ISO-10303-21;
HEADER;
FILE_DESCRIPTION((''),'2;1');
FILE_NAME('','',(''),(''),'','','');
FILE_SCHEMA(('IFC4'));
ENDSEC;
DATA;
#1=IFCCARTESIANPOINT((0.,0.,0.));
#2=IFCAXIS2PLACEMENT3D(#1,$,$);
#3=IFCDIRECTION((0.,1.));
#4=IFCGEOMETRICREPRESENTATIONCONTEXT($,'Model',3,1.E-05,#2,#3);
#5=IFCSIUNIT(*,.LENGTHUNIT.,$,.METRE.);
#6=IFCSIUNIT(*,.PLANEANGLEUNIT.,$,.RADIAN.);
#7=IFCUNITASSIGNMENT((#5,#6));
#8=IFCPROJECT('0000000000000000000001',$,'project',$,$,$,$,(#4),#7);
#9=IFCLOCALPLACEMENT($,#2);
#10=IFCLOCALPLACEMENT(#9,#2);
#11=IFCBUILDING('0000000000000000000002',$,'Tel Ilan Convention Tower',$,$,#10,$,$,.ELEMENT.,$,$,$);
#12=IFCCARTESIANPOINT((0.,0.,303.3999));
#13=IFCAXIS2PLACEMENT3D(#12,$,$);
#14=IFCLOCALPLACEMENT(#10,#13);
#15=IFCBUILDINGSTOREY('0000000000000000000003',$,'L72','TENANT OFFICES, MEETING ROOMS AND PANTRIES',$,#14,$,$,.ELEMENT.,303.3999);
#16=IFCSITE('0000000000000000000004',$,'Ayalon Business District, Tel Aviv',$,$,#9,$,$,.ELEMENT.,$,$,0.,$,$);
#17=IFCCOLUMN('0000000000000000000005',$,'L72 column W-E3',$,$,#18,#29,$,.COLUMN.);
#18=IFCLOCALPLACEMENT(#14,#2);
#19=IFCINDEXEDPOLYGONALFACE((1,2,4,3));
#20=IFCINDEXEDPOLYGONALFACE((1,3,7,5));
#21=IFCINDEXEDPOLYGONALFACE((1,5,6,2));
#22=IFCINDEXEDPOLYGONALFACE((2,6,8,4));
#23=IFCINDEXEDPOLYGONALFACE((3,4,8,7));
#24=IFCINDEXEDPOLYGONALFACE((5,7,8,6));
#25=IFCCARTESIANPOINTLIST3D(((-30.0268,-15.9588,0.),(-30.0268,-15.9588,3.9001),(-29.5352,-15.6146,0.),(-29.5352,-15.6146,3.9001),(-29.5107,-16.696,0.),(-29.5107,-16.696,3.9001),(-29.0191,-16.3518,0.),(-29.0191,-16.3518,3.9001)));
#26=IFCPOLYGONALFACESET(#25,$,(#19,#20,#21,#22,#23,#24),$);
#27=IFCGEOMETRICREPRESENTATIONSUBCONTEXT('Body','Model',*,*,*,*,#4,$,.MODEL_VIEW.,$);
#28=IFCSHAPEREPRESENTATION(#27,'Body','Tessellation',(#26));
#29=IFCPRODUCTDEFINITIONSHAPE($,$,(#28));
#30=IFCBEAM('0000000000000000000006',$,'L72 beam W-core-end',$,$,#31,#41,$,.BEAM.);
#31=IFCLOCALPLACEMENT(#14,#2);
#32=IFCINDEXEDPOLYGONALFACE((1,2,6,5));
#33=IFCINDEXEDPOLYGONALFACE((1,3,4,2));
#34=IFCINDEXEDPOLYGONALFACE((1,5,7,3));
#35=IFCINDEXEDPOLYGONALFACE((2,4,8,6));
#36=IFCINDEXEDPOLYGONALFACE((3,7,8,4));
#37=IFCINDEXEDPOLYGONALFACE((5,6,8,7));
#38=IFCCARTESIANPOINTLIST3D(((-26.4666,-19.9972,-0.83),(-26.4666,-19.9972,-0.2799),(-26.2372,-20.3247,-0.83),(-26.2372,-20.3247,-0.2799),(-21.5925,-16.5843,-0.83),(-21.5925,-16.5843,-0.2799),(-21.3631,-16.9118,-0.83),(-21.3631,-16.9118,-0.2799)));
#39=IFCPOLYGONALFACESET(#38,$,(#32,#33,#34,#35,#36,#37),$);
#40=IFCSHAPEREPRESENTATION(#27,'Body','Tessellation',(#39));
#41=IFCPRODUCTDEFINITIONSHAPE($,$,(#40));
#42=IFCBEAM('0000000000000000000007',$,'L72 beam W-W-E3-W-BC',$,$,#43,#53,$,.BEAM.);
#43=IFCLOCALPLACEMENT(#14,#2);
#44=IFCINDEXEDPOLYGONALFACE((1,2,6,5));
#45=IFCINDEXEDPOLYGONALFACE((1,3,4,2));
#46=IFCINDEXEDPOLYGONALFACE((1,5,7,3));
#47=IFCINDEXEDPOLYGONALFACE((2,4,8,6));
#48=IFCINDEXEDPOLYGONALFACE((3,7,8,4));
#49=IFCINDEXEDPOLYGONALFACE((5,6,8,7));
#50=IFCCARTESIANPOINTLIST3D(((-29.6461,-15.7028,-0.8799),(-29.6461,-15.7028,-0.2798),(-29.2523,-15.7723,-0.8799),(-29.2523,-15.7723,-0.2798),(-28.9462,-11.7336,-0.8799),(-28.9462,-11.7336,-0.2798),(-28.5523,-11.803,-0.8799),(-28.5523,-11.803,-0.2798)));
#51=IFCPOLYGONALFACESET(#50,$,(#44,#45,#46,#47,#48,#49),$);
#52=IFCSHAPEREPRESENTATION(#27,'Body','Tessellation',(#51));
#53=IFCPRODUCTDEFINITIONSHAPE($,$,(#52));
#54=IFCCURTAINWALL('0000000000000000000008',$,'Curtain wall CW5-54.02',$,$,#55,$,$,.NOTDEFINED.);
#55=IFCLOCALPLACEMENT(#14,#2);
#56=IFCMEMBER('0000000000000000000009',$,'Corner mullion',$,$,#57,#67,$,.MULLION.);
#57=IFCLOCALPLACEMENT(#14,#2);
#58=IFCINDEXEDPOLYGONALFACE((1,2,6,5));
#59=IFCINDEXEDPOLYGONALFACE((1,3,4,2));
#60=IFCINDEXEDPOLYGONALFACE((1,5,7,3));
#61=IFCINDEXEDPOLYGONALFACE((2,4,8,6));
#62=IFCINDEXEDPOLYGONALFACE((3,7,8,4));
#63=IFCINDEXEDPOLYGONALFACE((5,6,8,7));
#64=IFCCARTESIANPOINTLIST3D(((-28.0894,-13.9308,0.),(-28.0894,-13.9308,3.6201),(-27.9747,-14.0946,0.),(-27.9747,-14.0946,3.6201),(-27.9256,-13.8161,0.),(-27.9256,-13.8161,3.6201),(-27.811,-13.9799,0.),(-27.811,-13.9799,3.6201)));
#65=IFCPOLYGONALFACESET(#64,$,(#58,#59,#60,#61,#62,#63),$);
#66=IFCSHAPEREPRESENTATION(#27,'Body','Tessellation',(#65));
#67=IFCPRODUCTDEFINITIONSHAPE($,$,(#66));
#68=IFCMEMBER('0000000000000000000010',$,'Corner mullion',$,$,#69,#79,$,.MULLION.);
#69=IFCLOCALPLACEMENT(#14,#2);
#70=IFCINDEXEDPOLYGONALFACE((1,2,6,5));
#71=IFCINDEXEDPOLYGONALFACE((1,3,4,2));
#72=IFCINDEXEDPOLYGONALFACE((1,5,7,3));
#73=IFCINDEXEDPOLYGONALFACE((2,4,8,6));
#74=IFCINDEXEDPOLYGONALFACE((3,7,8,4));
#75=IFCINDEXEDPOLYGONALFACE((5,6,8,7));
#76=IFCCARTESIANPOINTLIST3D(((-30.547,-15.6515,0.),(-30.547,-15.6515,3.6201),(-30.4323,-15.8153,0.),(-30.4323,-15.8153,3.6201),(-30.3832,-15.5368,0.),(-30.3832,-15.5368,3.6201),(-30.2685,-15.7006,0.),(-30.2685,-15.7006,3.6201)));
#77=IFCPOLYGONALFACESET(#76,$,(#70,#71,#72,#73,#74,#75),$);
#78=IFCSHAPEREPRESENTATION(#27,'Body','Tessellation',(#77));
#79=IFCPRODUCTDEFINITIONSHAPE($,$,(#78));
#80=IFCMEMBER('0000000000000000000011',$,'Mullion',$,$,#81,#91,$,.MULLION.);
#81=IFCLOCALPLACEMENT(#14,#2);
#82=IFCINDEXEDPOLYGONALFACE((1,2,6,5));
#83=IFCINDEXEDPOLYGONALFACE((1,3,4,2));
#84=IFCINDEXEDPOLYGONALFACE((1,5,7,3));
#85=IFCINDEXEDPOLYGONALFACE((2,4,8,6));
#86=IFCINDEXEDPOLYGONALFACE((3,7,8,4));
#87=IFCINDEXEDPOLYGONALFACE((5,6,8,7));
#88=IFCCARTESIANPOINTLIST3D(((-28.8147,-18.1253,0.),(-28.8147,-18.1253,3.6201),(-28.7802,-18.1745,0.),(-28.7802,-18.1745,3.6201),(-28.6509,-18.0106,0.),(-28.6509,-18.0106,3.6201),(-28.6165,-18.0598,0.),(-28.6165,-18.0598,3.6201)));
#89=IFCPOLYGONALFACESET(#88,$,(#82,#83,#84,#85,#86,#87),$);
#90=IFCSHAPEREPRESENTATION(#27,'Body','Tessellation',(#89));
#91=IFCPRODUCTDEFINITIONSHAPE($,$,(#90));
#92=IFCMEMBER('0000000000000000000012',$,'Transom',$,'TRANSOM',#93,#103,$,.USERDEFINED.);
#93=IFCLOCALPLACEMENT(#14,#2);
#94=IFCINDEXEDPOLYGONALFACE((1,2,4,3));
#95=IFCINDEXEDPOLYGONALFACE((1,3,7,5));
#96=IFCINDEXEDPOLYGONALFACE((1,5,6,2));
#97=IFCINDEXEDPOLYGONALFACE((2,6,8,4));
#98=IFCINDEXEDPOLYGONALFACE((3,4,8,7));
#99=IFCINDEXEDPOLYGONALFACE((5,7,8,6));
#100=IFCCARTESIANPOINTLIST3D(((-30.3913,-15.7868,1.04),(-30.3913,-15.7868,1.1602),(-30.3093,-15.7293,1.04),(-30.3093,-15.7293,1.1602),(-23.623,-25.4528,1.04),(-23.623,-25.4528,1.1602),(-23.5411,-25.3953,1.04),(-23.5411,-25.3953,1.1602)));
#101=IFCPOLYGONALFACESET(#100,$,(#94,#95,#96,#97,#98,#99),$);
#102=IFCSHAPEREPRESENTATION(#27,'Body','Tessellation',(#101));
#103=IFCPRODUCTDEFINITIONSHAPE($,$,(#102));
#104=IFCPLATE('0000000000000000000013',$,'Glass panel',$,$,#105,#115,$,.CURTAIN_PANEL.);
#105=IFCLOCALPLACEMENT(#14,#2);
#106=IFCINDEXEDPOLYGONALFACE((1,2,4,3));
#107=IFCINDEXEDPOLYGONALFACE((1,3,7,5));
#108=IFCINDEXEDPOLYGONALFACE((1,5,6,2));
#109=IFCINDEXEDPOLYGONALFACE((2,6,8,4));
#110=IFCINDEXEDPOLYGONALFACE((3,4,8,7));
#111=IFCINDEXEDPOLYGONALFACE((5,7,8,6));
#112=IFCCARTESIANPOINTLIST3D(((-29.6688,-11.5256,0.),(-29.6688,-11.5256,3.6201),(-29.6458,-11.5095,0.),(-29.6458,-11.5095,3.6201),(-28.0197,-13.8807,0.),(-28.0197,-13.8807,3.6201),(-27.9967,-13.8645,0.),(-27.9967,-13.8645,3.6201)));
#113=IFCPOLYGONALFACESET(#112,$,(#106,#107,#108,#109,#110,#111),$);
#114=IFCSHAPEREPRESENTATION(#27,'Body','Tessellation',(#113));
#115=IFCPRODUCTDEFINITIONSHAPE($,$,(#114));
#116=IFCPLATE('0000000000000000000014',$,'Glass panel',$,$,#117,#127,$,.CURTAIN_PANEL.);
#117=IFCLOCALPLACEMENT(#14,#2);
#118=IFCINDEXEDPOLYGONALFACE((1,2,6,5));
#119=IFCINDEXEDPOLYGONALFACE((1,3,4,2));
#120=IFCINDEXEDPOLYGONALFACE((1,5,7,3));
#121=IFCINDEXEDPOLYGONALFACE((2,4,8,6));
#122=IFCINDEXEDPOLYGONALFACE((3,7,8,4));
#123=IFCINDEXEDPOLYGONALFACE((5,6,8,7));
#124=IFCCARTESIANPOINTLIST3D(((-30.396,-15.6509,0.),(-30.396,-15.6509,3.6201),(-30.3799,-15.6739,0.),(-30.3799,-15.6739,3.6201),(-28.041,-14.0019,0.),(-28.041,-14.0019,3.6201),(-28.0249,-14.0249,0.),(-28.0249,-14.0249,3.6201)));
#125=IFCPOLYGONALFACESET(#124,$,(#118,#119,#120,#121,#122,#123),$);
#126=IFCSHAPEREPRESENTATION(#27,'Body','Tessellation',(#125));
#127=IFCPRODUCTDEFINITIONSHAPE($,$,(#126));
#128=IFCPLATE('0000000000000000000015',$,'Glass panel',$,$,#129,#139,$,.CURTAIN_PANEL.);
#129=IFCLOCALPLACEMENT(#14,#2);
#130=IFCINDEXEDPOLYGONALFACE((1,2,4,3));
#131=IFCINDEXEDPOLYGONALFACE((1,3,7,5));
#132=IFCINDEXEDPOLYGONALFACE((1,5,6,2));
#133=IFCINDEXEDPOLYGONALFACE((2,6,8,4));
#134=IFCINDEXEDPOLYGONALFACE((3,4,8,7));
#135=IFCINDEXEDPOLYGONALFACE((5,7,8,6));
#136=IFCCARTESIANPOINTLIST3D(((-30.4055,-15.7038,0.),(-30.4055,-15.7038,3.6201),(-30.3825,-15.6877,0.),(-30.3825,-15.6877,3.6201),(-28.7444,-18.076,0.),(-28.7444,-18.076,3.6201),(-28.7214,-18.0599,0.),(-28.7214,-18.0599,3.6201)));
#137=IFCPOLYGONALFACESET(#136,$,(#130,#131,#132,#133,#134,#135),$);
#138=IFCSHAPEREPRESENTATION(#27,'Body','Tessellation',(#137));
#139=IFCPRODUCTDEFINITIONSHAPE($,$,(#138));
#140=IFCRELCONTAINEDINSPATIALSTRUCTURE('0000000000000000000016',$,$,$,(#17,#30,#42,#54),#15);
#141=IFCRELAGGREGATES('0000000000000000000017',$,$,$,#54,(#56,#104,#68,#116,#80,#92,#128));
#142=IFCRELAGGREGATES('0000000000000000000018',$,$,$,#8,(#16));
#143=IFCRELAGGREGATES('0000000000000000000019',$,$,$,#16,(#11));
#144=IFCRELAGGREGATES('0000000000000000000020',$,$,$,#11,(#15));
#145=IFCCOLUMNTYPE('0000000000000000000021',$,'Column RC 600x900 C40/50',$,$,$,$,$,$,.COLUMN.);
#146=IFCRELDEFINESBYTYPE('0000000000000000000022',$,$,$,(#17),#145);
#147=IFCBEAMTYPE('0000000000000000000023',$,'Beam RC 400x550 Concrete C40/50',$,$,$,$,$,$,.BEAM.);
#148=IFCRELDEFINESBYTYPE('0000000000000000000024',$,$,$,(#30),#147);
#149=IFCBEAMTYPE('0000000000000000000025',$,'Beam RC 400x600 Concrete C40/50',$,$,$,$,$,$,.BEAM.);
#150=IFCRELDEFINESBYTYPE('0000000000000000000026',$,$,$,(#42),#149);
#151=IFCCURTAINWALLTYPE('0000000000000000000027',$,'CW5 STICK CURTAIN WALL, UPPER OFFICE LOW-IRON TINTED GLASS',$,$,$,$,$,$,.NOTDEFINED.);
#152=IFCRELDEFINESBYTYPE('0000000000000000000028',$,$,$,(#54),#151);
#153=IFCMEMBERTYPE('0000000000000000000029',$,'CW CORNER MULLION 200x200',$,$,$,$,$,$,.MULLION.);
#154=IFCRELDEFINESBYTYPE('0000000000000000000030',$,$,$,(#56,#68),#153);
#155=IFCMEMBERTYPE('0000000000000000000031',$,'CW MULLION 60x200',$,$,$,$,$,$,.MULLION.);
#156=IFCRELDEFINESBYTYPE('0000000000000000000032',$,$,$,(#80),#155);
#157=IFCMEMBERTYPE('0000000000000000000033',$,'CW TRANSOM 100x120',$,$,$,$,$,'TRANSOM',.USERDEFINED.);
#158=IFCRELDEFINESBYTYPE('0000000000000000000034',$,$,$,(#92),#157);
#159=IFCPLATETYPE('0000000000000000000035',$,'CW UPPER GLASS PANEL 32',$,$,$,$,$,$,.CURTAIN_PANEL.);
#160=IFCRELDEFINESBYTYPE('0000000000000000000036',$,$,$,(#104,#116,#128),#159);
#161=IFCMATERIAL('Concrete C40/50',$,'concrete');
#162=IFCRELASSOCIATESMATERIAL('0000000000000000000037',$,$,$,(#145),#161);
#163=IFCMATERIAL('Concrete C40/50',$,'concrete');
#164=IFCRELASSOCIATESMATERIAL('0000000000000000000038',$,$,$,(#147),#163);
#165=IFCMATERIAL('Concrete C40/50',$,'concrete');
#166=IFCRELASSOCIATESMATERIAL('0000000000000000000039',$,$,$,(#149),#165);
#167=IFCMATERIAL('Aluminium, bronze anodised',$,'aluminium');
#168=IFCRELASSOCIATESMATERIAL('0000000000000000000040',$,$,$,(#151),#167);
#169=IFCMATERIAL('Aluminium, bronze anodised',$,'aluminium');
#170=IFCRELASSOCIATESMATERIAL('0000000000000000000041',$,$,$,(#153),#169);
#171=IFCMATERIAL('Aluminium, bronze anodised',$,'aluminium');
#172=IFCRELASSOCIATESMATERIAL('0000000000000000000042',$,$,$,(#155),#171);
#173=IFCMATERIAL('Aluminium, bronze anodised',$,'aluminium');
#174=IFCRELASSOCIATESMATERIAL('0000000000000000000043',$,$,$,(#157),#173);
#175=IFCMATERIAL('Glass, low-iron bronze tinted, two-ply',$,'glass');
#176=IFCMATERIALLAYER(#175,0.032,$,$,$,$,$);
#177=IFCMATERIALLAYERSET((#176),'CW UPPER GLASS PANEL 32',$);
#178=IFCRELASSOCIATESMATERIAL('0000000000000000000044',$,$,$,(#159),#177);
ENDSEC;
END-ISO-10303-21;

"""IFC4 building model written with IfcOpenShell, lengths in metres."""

from ifc_helpers import new_model, si_unit, direction, frame, origin, origin_2d, place, context, subcontext, project, spatial, rectangle, extrude, material, layer, layer_set, material_profile, profile_set, type_object, element, aggregate, save


model = new_model("IFC4")

# Units and contexts
model_context = context("Model", 3, precision=1e-05, world=origin(), true_north=direction((0.0, 1.0)))
body_context = subcontext(model_context, "Body", "Model", "MODEL_VIEW")
ifc_project = project(units=[si_unit("LENGTHUNIT", "METRE"), si_unit("PLANEANGLEUNIT", "RADIAN")], contexts=[model_context])

# Site, building, storey
site_placement = place(None, origin())
site = spatial("IfcSite", under=ifc_project, at=site_placement, Name="Ayalon Business District, Tel Aviv", CompositionType="ELEMENT", RefElevation=0.0)
building_placement = place(site_placement, origin())
building = spatial("IfcBuilding", under=site, at=building_placement, Name="Tel Ilan Convention Tower", CompositionType="ELEMENT")
storey_placement = place(building_placement, frame((0.0, 0.0, 303.3999)))
storey = spatial("IfcBuildingStorey", under=building, at=storey_placement, Name="L72", Description="TENANT OFFICES, MEETING ROOMS AND PANTRIES", CompositionType="ELEMENT", Elevation=303.3999)

# Column
ifc_material_1 = material(Name="Concrete C40/50", Category="concrete")
ifc_material_profile_1 = material_profile(ifc_material_1, rectangle(XDim=0.8999, YDim=0.6001, at=origin_2d()), Name="RC 600x900")
ifc_profile_set_1 = profile_set([ifc_material_profile_1], Name="Concrete C40/50")
column_type = type_object("IfcColumnType", Name="Column RC 600x900 C40/50", PredefinedType="COLUMN", material=ifc_profile_set_1)
column_placement = place(storey_placement, frame((-29.5229, -16.1553, 0.0), z_axis=(0.0, 0.0, 1.0), x_axis=(-0.573576, 0.819152, 0.0)))
element("IfcColumn", 1, at=column_placement, inside=storey, type_object=column_type, Name="L72 column W-E3", PredefinedType="COLUMN", context=body_context, shape_type="SweptSolid", body=[
    extrude(rectangle(XDim=0.8999, YDim=0.6001, at=origin_2d()), origin(), (0.0, 0.0, 1.0), 3.9001),
])

# Beams
ifc_material_2 = material(Name="Concrete C40/50", Category="concrete")
ifc_material_profile_2 = material_profile(ifc_material_2, rectangle(XDim=0.3999, YDim=0.55, at=origin_2d()), Name="RC 400x550")
ifc_profile_set_2 = profile_set([ifc_material_profile_2], Name="Concrete C40/50")
beam_type_1 = type_object("IfcBeamType", Name="Beam RC 400x550 Concrete C40/50", PredefinedType="BEAM", material=ifc_profile_set_2)
beam_1_placement = place(storey_placement, frame((-21.4778, -16.748, -0.5549), z_axis=(-0.819151, -0.573578, 0.0), x_axis=(0.573578, -0.819151, 0.0)))
element("IfcBeam", 2, at=beam_1_placement, inside=storey, type_object=beam_type_1, Name="L72 beam W-core-end", PredefinedType="BEAM", context=body_context, shape_type="SweptSolid", body=[
    extrude(rectangle(XDim=0.3999, YDim=0.55, at=origin_2d()), origin(), (0.0, 0.0, 1.0), 5.9502),
])
ifc_material_3 = material(Name="Concrete C40/50", Category="concrete")
ifc_material_profile_3 = material_profile(ifc_material_3, rectangle(XDim=0.3999, YDim=0.6001, at=origin_2d()), Name="RC 400x600")
ifc_profile_set_3 = profile_set([ifc_material_profile_3], Name="Concrete C40/50")
beam_type_2 = type_object("IfcBeamType", Name="Beam RC 400x600 Concrete C40/50", PredefinedType="BEAM", material=ifc_profile_set_3)
beam_2_placement = place(storey_placement, frame((-29.4492, -15.7375, -0.5798), z_axis=(0.173664, 0.984805, 0.0), x_axis=(-0.984805, 0.173664, 0.0)))
element("IfcBeam", 3, at=beam_2_placement, inside=storey, type_object=beam_type_2, Name="L72 beam W-W-E3-W-BC", PredefinedType="BEAM", context=body_context, shape_type="SweptSolid", body=[
    extrude(rectangle(XDim=0.3999, YDim=0.6001, at=origin_2d()), origin(), (0.0, 0.0, 1.0), 4.0305),
])

# Curtain wall, members, plates
ifc_material_4 = material(Name="Aluminium, bronze anodised", Category="aluminium")
curtain_wall_type = type_object("IfcCurtainWallType", Name="CW5 STICK CURTAIN WALL, UPPER OFFICE LOW-IRON TINTED GLASS", PredefinedType="NOTDEFINED", material=ifc_material_4)
curtain_wall_placement = place(storey_placement, origin())
curtain_wall = element("IfcCurtainWall", 4, at=curtain_wall_placement, inside=storey, type_object=curtain_wall_type, Name="Curtain wall CW5-54.02", PredefinedType="NOTDEFINED")
ifc_material_5 = material(Name="Aluminium, bronze anodised", Category="aluminium")
ifc_material_profile_4 = material_profile(ifc_material_5, rectangle(XDim=0.2, YDim=0.2, at=origin_2d()), Name="CW CORNER MULLION 200x200")
ifc_profile_set_4 = profile_set([ifc_material_profile_4], Name="Aluminium, bronze anodised")
member_type_1 = type_object("IfcMemberType", Name="CW CORNER MULLION 200x200", PredefinedType="MULLION", material=ifc_profile_set_4)
member_1_placement = place(storey_placement, frame((-27.9502, -13.9553, 0.0), z_axis=(0.0, 0.0, 1.0), x_axis=(0.573576, -0.819152, 0.0)))
member_1 = element("IfcMember", 5, at=member_1_placement, type_object=member_type_1, Name="Corner mullion", PredefinedType="MULLION", context=body_context, shape_type="SweptSolid", body=[
    extrude(rectangle(XDim=0.2, YDim=0.2, at=origin_2d()), origin(), (0.0, 0.0, 1.0), 3.6201),
])
member_2_placement = place(storey_placement, frame((-30.4077, -15.676, 0.0), z_axis=(0.0, 0.0, 1.0), x_axis=(-0.819152, -0.573576, 0.0)))
member_2 = element("IfcMember", 6, at=member_2_placement, type_object=member_type_1, Name="Corner mullion", PredefinedType="MULLION", context=body_context, shape_type="SweptSolid", body=[
    extrude(rectangle(XDim=0.2, YDim=0.2, at=origin_2d()), origin(), (0.0, 0.0, 1.0), 3.6201),
])
ifc_material_6 = material(Name="Aluminium, bronze anodised", Category="aluminium")
ifc_material_profile_5 = material_profile(ifc_material_6, rectangle(XDim=0.0601, YDim=0.2, at=origin_2d()), Name="CW MULLION 60x200")
ifc_profile_set_5 = profile_set([ifc_material_profile_5], Name="Aluminium, bronze anodised")
member_type_2 = type_object("IfcMemberType", Name="CW MULLION 60x200", PredefinedType="MULLION", material=ifc_profile_set_5)
member_3_placement = place(storey_placement, frame((-28.7156, -18.0925, 0.0), z_axis=(0.0, 0.0, 1.0), x_axis=(0.573576, -0.819152, 0.0)))
member_3 = element("IfcMember", 7, at=member_3_placement, type_object=member_type_2, Name="Mullion", PredefinedType="MULLION", context=body_context, shape_type="SweptSolid", body=[
    extrude(rectangle(XDim=0.0601, YDim=0.2, at=origin_2d()), origin(), (0.0, 0.0, 1.0), 3.6201),
])
ifc_material_7 = material(Name="Aluminium, bronze anodised", Category="aluminium")
ifc_material_profile_6 = material_profile(ifc_material_7, rectangle(XDim=0.1001, YDim=0.1201, at=origin_2d()), Name="CW TRANSOM 100x120")
ifc_profile_set_6 = profile_set([ifc_material_profile_6], Name="Aluminium, bronze anodised")
member_type_3 = type_object("IfcMemberType", Name="CW TRANSOM 100x120", ElementType="TRANSOM", PredefinedType="USERDEFINED", material=ifc_profile_set_6)
member_4_placement = place(storey_placement, frame((-30.3503, -15.7581, 1.1001), z_axis=(0.573582, -0.819148, 0.0), x_axis=(0.819148, 0.573582, 0.0)))
member_4 = element("IfcMember", 8, at=member_4_placement, type_object=member_type_3, Name="Transom", ObjectType="TRANSOM", PredefinedType="USERDEFINED", context=body_context, shape_type="SweptSolid", body=[
    extrude(rectangle(XDim=0.1001, YDim=0.1201, at=origin_2d()), origin(), (0.0, 0.0, 1.0), 11.8),
])
ifc_material_8 = material(Name="Glass, low-iron bronze tinted, two-ply", Category="glass")
ifc_layer_1 = layer(ifc_material_8, 0.032)
ifc_layer_set_1 = layer_set([ifc_layer_1], Name="CW UPPER GLASS PANEL 32")
plate_type = type_object("IfcPlateType", Name="CW UPPER GLASS PANEL 32", PredefinedType="CURTAIN_PANEL", material=ifc_layer_set_1)
plate_1_placement = place(storey_placement, frame((-28.8328, -12.6951, 0.0), z_axis=(0.0, 0.0, 1.0), x_axis=(0.573576, -0.819152, 0.0)))
plate_1 = element("IfcPlate", 9, at=plate_1_placement, type_object=plate_type, Name="Glass panel", PredefinedType="CURTAIN_PANEL", context=body_context, shape_type="SweptSolid", body=[
    extrude(rectangle(XDim=2.875, YDim=0.0281, at=origin_2d()), origin(), (0.0, 0.0, 1.0), 3.6201),
])
plate_2_placement = place(storey_placement, frame((-29.2104, -14.8379, 0.0), z_axis=(0.0, 0.0, 1.0), x_axis=(-0.819152, -0.573576, 0.0)))
plate_2 = element("IfcPlate", 10, at=plate_2_placement, type_object=plate_type, Name="Glass panel", PredefinedType="CURTAIN_PANEL", context=body_context, shape_type="SweptSolid", body=[
    extrude(rectangle(XDim=2.875, YDim=0.0281, at=origin_2d()), origin(), (0.0, 0.0, 1.0), 3.6201),
])
plate_3_placement = place(storey_placement, frame((-29.5635, -16.8818, 0.0), z_axis=(0.0, 0.0, 1.0), x_axis=(0.573576, -0.819152, 0.0)))
plate_3 = element("IfcPlate", 11, at=plate_3_placement, type_object=plate_type, Name="Glass panel", PredefinedType="CURTAIN_PANEL", context=body_context, shape_type="SweptSolid", body=[
    extrude(rectangle(XDim=2.896, YDim=0.0281, at=origin_2d()), origin(), (0.0, 0.0, 1.0), 3.6201),
])
aggregate(curtain_wall, [member_1, plate_1, member_2, plate_2, member_3, member_4, plate_3])

save(model, "model.ifc")
